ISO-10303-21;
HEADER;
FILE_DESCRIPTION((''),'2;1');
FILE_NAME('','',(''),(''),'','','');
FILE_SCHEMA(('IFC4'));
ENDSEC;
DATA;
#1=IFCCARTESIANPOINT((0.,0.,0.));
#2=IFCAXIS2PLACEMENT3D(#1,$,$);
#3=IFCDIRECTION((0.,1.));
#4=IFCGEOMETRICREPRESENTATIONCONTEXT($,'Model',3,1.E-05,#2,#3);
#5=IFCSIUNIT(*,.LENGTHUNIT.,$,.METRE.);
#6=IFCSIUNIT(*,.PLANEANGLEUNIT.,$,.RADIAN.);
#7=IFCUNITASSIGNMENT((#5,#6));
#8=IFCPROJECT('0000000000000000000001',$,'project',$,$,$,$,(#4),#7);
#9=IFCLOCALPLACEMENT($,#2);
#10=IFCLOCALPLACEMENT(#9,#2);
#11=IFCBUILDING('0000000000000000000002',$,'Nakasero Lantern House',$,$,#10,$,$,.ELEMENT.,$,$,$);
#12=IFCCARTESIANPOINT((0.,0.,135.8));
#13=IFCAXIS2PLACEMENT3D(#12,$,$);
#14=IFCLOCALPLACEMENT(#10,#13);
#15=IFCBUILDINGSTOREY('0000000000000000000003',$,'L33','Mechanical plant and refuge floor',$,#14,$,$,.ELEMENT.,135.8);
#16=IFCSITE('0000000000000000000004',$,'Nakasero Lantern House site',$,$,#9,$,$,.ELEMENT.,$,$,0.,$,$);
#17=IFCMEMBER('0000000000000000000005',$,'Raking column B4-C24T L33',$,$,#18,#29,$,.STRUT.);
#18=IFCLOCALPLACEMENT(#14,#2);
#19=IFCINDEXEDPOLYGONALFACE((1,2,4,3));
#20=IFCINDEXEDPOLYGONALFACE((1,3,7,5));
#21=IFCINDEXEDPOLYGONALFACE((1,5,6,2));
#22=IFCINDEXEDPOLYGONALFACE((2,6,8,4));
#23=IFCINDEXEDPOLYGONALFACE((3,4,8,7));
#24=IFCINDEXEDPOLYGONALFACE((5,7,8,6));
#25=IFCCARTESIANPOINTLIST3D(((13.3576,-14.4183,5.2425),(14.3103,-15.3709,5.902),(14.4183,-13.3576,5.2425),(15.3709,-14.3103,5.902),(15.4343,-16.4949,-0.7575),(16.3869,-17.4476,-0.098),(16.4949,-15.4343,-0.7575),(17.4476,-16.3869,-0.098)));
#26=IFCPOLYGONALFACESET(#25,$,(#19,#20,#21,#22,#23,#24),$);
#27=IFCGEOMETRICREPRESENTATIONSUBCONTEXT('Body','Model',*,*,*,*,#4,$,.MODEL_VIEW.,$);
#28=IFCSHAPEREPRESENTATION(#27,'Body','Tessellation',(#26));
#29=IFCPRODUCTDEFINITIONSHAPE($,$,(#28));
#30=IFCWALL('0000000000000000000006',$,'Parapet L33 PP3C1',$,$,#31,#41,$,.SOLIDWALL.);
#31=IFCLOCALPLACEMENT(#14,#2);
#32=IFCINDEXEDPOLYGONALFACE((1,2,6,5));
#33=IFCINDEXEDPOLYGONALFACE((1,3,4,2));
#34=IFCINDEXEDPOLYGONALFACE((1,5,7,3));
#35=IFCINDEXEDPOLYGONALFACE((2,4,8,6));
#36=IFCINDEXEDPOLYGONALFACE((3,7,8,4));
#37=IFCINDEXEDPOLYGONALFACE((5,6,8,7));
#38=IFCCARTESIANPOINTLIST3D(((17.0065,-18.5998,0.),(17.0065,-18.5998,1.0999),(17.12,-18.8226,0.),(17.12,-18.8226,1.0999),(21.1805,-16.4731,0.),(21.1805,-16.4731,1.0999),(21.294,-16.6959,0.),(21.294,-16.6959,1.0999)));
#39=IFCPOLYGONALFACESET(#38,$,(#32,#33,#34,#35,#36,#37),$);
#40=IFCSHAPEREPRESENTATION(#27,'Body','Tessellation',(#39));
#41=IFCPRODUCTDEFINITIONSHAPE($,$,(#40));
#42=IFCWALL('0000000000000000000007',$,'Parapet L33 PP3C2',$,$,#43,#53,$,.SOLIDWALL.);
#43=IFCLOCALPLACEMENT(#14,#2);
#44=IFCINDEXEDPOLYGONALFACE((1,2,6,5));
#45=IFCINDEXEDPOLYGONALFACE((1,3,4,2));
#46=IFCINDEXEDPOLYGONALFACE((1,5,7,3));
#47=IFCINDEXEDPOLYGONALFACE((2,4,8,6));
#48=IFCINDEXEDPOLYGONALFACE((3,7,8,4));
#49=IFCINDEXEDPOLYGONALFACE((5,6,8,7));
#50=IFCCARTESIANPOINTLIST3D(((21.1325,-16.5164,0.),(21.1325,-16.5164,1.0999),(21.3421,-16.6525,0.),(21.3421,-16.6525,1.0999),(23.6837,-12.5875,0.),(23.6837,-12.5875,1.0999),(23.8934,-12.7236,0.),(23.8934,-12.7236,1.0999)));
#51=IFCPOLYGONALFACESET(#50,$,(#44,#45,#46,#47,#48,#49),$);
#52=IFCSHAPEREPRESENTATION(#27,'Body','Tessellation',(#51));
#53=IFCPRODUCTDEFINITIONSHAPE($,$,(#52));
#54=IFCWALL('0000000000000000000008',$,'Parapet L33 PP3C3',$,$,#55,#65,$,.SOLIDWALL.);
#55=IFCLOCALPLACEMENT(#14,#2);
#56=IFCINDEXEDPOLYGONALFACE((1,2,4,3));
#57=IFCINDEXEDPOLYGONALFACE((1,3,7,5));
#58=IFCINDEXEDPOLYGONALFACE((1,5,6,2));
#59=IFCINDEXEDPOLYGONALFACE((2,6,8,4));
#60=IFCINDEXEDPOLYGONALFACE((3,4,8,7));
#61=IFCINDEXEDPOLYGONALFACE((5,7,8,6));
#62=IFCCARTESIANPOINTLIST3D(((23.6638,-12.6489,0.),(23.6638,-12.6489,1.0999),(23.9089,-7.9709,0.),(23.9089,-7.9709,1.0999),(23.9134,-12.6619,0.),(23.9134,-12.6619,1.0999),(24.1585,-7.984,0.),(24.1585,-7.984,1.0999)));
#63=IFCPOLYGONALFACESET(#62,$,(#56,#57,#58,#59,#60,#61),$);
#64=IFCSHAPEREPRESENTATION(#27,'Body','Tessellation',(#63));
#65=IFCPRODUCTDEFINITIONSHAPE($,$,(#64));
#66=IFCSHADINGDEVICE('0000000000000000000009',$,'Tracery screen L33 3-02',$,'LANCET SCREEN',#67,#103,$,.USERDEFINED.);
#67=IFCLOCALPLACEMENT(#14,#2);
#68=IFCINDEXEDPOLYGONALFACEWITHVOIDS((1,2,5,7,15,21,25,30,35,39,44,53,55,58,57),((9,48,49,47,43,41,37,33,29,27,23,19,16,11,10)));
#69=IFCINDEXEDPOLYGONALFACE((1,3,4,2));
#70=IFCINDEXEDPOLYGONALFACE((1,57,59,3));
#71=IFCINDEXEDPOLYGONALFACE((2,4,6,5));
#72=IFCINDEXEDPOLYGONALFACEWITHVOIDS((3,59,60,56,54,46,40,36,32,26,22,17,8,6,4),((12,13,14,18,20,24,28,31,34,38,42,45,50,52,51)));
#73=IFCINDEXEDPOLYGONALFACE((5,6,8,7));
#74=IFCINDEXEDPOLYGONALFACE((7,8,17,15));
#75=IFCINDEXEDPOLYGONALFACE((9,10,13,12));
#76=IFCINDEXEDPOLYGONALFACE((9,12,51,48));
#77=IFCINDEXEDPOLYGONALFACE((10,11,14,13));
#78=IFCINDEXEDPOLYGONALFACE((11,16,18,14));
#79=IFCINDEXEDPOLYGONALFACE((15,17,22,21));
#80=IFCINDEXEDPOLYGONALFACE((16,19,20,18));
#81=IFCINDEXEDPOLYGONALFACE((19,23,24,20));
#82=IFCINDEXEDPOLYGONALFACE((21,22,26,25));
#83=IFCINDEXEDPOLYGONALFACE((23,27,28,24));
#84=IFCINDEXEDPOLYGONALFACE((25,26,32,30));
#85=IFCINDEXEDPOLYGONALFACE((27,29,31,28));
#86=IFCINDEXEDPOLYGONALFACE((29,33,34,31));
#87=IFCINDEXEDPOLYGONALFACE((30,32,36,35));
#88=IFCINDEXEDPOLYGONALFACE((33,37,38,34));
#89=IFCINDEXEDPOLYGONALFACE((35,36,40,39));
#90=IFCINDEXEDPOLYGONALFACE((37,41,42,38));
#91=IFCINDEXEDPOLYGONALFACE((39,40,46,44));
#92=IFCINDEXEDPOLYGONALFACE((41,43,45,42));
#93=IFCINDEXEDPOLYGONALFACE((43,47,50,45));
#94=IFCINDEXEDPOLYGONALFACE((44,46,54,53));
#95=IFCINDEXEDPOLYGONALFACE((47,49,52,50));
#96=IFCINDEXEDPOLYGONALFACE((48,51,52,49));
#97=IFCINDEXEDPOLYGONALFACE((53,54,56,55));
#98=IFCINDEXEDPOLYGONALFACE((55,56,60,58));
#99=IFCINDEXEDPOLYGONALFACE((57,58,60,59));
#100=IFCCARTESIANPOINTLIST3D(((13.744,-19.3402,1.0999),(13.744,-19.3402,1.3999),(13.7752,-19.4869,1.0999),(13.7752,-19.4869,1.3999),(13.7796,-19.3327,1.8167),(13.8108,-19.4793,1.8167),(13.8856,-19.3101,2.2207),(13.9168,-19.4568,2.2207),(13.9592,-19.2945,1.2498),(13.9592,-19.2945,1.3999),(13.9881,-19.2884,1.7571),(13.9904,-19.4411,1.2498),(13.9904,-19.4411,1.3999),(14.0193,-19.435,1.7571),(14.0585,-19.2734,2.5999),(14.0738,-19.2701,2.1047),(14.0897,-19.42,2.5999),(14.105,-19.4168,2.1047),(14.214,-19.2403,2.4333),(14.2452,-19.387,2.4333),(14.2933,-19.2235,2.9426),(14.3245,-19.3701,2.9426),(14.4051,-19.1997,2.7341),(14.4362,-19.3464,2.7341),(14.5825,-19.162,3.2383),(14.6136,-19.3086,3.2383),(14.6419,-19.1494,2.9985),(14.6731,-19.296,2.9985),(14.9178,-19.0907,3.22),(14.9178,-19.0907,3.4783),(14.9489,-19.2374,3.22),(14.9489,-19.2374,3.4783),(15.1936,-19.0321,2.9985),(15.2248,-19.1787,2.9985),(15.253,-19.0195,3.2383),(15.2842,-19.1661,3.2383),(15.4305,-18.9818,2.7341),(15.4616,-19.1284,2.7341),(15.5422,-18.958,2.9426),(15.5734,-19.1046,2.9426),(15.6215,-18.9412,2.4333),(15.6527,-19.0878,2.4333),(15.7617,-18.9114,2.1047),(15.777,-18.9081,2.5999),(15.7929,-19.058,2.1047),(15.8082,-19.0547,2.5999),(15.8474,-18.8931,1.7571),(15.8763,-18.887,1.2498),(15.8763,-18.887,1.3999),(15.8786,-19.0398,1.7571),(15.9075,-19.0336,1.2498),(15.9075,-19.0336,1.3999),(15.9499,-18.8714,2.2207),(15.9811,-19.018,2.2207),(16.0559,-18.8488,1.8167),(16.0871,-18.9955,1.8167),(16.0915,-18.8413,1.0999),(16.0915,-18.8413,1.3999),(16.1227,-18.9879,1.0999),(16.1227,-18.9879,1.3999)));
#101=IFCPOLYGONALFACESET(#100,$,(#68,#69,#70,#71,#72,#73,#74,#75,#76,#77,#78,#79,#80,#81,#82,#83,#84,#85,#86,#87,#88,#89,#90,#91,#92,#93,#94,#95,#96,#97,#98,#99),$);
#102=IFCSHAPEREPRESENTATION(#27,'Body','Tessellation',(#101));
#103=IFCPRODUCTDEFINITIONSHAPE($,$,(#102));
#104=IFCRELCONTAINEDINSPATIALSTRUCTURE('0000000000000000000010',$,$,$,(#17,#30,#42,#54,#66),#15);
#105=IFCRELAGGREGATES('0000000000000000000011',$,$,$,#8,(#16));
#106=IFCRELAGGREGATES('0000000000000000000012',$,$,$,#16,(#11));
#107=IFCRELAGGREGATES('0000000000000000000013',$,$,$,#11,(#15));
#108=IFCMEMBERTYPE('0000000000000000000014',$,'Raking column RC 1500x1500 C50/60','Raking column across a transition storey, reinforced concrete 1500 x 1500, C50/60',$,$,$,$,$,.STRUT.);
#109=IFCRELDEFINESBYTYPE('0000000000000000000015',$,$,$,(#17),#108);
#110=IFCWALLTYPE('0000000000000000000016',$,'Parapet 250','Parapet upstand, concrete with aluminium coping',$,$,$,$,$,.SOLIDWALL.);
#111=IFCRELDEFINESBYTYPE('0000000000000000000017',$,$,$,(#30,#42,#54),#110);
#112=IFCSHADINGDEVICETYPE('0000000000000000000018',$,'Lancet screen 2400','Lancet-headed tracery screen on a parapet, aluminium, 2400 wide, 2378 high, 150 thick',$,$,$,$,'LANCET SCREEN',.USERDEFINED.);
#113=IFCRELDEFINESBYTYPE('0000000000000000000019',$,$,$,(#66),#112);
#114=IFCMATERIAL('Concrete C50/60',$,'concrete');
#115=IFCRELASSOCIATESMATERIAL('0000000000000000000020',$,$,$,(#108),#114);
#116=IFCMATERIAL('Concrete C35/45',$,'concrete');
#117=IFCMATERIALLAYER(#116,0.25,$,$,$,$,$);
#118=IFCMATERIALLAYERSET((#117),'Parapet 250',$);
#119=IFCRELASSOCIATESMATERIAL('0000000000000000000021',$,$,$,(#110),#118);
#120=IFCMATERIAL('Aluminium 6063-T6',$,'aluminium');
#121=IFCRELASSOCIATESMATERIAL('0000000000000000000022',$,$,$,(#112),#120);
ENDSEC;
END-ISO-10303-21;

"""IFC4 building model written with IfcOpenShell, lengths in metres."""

from ifc_helpers import new_model, si_unit, direction, frame, frame_2d, origin, origin_2d, place, context, subcontext, project, spatial, polyline, rectangle, outline, extrude, material, layer, layer_set, material_profile, profile_set, type_object, element, save


model = new_model("IFC4")

# Units and contexts
model_context = context("Model", 3, precision=1e-05, world=origin(), true_north=direction((0.0, 1.0)))
body_context = subcontext(model_context, "Body", "Model", "MODEL_VIEW")
ifc_project = project(units=[si_unit("LENGTHUNIT", "METRE"), si_unit("PLANEANGLEUNIT", "RADIAN")], contexts=[model_context])

# Site, building, storey
site_placement = place(None, origin())
site = spatial("IfcSite", under=ifc_project, at=site_placement, Name="Nakasero Lantern House site", CompositionType="ELEMENT", RefElevation=0.0)
building_placement = place(site_placement, origin())
building = spatial("IfcBuilding", under=site, at=building_placement, Name="Nakasero Lantern House", CompositionType="ELEMENT")
storey_placement = place(building_placement, frame((0.0, 0.0, 135.8)))
storey = spatial("IfcBuildingStorey", under=building, at=storey_placement, Name="L33", Description="Mechanical plant and refuge floor", CompositionType="ELEMENT", Elevation=135.8)

# Member
ifc_material_1 = material(Name="Concrete C50/60", Category="concrete")
ifc_material_profile_1 = material_profile(ifc_material_1, rectangle(XDim=1.5, YDim=1.5, at=origin_2d()), Name="RC 1500x1500")
ifc_profile_set_1 = profile_set([ifc_material_profile_1], Name="Concrete C50/60")
member_type_1 = type_object("IfcMemberType", Name="Raking column RC 1500x1500 C50/60", Description="Raking column across a transition storey, reinforced concrete 1500 x 1500, C50/60", PredefinedType="STRUT", material=ifc_profile_set_1)
member_1_placement = place(storey_placement, frame((16.4409, -16.4409, -0.4277), z_axis=(-0.310868, 0.310868, 0.898177), x_axis=(-0.707107, -0.707107, 0.0)))
element("IfcMember", 1, at=member_1_placement, inside=storey, type_object=member_type_1, Name="Raking column B4-C24T L33", PredefinedType="STRUT", context=body_context, shape_type="SweptSolid", body=[
    extrude(rectangle(XDim=1.5, YDim=1.5, at=origin_2d()), origin(), (0.0, 0.0, 1.0), 6.6802),
])

# Walls
ifc_material_2 = material(Name="Concrete C35/45", Category="concrete")
ifc_layer = layer(ifc_material_2, 0.25)
ifc_layer_set = layer_set([ifc_layer], Name="Parapet 250")
wall_type = type_object("IfcWallType", Name="Parapet 250", Description="Parapet upstand, concrete with aluminium coping", PredefinedType="SOLIDWALL", material=ifc_layer_set)
for number, where, z_axis, x_axis, name in (
    (2, (17.0632, -18.7112, 0.0), (0.0, 0.0, 1.0), (0.891014, 0.453976, 0.0), "Parapet L33 PP3C1"),
    (3, (21.2373, -16.5845, 0.0), (0.0, 0.0, 1.0), (0.544605, 0.838692, 0.0), "Parapet L33 PP3C2"),
):
    element("IfcWall", number, at=place(storey_placement, frame(where, z_axis=z_axis, x_axis=x_axis)), inside=storey, type_object=wall_type, Name=name, PredefinedType="SOLIDWALL", context=body_context, shape_type="SweptSolid", body=[
        extrude(rectangle(XDim=4.6846, YDim=0.25, at=frame_2d((2.3423, 0.0))), origin(), (0.0, 0.0, 1.0), 1.0999),
    ])
wall_placement = place(storey_placement, frame((23.7886, -12.6555, 0.0), z_axis=(0.0, 0.0, 1.0), x_axis=(0.052326, 0.99863, 0.0)))
element("IfcWall", 4, at=wall_placement, inside=storey, type_object=wall_type, Name="Parapet L33 PP3C3", PredefinedType="SOLIDWALL", context=body_context, shape_type="SweptSolid", body=[
    extrude(rectangle(XDim=4.6843, YDim=0.25, at=frame_2d((2.3423, 0.0))), origin(), (0.0, 0.0, 1.0), 1.0999),
])

# Shading device
ifc_material_3 = material(Name="Aluminium 6063-T6", Category="aluminium")
shading_device_type = type_object("IfcShadingDeviceType", Name="Lancet screen 2400", Description="Lancet-headed tracery screen on a parapet, aluminium, 2400 wide, 2378 high, 150 thick", ElementType="LANCET SCREEN", PredefinedType="USERDEFINED", material=ifc_material_3)
shading_device_placement = place(storey_placement, frame((14.9333, -19.1641, 1.0999), z_axis=(0.0, 0.0, 1.0), x_axis=(0.978148, 0.207912, 0.0)))
element("IfcShadingDevice", 5, at=shading_device_placement, inside=storey, type_object=shading_device_type, Name="Tracery screen L33 3-02", ObjectType="LANCET SCREEN", PredefinedType="USERDEFINED", context=body_context, shape_type="SweptSolid", body=[
    extrude(outline(polyline([(-1.2, 0.0), (1.2, 0.0), (1.2, 0.3), (1.1636, 0.7168), (1.0552, 1.1208), (0.8784, 1.5), (0.6384, 1.8428), (0.3428, 2.1384), (0.0, 2.3784), (-0.3428, 2.1384), (-0.6384, 1.8428), (-0.8784, 1.5), (-1.0552, 1.1208), (-1.1636, 0.7168), (-1.2, 0.3), (-1.2, 0.0)]), holes=[polyline([(-0.98, 0.1499), (0.98, 0.1499), (0.98, 0.3), (0.9504, 0.6572), (0.8628, 1.0049), (0.7195, 1.3335), (0.5242, 1.6343), (0.282, 1.8987), (0.0, 2.1201), (-0.282, 1.8987), (-0.5242, 1.6343), (-0.7195, 1.3335), (-0.8628, 1.0049), (-0.9504, 0.6572), (-0.98, 0.3), (-0.98, 0.1499)])]), frame((0.0, 0.075, 0.0), z_axis=(0.0, -1.0, 0.0), x_axis=(1.0, 0.0, 0.0)), (0.0, 0.0, 1.0), 0.1499),
])

save(model, "model.ifc")
